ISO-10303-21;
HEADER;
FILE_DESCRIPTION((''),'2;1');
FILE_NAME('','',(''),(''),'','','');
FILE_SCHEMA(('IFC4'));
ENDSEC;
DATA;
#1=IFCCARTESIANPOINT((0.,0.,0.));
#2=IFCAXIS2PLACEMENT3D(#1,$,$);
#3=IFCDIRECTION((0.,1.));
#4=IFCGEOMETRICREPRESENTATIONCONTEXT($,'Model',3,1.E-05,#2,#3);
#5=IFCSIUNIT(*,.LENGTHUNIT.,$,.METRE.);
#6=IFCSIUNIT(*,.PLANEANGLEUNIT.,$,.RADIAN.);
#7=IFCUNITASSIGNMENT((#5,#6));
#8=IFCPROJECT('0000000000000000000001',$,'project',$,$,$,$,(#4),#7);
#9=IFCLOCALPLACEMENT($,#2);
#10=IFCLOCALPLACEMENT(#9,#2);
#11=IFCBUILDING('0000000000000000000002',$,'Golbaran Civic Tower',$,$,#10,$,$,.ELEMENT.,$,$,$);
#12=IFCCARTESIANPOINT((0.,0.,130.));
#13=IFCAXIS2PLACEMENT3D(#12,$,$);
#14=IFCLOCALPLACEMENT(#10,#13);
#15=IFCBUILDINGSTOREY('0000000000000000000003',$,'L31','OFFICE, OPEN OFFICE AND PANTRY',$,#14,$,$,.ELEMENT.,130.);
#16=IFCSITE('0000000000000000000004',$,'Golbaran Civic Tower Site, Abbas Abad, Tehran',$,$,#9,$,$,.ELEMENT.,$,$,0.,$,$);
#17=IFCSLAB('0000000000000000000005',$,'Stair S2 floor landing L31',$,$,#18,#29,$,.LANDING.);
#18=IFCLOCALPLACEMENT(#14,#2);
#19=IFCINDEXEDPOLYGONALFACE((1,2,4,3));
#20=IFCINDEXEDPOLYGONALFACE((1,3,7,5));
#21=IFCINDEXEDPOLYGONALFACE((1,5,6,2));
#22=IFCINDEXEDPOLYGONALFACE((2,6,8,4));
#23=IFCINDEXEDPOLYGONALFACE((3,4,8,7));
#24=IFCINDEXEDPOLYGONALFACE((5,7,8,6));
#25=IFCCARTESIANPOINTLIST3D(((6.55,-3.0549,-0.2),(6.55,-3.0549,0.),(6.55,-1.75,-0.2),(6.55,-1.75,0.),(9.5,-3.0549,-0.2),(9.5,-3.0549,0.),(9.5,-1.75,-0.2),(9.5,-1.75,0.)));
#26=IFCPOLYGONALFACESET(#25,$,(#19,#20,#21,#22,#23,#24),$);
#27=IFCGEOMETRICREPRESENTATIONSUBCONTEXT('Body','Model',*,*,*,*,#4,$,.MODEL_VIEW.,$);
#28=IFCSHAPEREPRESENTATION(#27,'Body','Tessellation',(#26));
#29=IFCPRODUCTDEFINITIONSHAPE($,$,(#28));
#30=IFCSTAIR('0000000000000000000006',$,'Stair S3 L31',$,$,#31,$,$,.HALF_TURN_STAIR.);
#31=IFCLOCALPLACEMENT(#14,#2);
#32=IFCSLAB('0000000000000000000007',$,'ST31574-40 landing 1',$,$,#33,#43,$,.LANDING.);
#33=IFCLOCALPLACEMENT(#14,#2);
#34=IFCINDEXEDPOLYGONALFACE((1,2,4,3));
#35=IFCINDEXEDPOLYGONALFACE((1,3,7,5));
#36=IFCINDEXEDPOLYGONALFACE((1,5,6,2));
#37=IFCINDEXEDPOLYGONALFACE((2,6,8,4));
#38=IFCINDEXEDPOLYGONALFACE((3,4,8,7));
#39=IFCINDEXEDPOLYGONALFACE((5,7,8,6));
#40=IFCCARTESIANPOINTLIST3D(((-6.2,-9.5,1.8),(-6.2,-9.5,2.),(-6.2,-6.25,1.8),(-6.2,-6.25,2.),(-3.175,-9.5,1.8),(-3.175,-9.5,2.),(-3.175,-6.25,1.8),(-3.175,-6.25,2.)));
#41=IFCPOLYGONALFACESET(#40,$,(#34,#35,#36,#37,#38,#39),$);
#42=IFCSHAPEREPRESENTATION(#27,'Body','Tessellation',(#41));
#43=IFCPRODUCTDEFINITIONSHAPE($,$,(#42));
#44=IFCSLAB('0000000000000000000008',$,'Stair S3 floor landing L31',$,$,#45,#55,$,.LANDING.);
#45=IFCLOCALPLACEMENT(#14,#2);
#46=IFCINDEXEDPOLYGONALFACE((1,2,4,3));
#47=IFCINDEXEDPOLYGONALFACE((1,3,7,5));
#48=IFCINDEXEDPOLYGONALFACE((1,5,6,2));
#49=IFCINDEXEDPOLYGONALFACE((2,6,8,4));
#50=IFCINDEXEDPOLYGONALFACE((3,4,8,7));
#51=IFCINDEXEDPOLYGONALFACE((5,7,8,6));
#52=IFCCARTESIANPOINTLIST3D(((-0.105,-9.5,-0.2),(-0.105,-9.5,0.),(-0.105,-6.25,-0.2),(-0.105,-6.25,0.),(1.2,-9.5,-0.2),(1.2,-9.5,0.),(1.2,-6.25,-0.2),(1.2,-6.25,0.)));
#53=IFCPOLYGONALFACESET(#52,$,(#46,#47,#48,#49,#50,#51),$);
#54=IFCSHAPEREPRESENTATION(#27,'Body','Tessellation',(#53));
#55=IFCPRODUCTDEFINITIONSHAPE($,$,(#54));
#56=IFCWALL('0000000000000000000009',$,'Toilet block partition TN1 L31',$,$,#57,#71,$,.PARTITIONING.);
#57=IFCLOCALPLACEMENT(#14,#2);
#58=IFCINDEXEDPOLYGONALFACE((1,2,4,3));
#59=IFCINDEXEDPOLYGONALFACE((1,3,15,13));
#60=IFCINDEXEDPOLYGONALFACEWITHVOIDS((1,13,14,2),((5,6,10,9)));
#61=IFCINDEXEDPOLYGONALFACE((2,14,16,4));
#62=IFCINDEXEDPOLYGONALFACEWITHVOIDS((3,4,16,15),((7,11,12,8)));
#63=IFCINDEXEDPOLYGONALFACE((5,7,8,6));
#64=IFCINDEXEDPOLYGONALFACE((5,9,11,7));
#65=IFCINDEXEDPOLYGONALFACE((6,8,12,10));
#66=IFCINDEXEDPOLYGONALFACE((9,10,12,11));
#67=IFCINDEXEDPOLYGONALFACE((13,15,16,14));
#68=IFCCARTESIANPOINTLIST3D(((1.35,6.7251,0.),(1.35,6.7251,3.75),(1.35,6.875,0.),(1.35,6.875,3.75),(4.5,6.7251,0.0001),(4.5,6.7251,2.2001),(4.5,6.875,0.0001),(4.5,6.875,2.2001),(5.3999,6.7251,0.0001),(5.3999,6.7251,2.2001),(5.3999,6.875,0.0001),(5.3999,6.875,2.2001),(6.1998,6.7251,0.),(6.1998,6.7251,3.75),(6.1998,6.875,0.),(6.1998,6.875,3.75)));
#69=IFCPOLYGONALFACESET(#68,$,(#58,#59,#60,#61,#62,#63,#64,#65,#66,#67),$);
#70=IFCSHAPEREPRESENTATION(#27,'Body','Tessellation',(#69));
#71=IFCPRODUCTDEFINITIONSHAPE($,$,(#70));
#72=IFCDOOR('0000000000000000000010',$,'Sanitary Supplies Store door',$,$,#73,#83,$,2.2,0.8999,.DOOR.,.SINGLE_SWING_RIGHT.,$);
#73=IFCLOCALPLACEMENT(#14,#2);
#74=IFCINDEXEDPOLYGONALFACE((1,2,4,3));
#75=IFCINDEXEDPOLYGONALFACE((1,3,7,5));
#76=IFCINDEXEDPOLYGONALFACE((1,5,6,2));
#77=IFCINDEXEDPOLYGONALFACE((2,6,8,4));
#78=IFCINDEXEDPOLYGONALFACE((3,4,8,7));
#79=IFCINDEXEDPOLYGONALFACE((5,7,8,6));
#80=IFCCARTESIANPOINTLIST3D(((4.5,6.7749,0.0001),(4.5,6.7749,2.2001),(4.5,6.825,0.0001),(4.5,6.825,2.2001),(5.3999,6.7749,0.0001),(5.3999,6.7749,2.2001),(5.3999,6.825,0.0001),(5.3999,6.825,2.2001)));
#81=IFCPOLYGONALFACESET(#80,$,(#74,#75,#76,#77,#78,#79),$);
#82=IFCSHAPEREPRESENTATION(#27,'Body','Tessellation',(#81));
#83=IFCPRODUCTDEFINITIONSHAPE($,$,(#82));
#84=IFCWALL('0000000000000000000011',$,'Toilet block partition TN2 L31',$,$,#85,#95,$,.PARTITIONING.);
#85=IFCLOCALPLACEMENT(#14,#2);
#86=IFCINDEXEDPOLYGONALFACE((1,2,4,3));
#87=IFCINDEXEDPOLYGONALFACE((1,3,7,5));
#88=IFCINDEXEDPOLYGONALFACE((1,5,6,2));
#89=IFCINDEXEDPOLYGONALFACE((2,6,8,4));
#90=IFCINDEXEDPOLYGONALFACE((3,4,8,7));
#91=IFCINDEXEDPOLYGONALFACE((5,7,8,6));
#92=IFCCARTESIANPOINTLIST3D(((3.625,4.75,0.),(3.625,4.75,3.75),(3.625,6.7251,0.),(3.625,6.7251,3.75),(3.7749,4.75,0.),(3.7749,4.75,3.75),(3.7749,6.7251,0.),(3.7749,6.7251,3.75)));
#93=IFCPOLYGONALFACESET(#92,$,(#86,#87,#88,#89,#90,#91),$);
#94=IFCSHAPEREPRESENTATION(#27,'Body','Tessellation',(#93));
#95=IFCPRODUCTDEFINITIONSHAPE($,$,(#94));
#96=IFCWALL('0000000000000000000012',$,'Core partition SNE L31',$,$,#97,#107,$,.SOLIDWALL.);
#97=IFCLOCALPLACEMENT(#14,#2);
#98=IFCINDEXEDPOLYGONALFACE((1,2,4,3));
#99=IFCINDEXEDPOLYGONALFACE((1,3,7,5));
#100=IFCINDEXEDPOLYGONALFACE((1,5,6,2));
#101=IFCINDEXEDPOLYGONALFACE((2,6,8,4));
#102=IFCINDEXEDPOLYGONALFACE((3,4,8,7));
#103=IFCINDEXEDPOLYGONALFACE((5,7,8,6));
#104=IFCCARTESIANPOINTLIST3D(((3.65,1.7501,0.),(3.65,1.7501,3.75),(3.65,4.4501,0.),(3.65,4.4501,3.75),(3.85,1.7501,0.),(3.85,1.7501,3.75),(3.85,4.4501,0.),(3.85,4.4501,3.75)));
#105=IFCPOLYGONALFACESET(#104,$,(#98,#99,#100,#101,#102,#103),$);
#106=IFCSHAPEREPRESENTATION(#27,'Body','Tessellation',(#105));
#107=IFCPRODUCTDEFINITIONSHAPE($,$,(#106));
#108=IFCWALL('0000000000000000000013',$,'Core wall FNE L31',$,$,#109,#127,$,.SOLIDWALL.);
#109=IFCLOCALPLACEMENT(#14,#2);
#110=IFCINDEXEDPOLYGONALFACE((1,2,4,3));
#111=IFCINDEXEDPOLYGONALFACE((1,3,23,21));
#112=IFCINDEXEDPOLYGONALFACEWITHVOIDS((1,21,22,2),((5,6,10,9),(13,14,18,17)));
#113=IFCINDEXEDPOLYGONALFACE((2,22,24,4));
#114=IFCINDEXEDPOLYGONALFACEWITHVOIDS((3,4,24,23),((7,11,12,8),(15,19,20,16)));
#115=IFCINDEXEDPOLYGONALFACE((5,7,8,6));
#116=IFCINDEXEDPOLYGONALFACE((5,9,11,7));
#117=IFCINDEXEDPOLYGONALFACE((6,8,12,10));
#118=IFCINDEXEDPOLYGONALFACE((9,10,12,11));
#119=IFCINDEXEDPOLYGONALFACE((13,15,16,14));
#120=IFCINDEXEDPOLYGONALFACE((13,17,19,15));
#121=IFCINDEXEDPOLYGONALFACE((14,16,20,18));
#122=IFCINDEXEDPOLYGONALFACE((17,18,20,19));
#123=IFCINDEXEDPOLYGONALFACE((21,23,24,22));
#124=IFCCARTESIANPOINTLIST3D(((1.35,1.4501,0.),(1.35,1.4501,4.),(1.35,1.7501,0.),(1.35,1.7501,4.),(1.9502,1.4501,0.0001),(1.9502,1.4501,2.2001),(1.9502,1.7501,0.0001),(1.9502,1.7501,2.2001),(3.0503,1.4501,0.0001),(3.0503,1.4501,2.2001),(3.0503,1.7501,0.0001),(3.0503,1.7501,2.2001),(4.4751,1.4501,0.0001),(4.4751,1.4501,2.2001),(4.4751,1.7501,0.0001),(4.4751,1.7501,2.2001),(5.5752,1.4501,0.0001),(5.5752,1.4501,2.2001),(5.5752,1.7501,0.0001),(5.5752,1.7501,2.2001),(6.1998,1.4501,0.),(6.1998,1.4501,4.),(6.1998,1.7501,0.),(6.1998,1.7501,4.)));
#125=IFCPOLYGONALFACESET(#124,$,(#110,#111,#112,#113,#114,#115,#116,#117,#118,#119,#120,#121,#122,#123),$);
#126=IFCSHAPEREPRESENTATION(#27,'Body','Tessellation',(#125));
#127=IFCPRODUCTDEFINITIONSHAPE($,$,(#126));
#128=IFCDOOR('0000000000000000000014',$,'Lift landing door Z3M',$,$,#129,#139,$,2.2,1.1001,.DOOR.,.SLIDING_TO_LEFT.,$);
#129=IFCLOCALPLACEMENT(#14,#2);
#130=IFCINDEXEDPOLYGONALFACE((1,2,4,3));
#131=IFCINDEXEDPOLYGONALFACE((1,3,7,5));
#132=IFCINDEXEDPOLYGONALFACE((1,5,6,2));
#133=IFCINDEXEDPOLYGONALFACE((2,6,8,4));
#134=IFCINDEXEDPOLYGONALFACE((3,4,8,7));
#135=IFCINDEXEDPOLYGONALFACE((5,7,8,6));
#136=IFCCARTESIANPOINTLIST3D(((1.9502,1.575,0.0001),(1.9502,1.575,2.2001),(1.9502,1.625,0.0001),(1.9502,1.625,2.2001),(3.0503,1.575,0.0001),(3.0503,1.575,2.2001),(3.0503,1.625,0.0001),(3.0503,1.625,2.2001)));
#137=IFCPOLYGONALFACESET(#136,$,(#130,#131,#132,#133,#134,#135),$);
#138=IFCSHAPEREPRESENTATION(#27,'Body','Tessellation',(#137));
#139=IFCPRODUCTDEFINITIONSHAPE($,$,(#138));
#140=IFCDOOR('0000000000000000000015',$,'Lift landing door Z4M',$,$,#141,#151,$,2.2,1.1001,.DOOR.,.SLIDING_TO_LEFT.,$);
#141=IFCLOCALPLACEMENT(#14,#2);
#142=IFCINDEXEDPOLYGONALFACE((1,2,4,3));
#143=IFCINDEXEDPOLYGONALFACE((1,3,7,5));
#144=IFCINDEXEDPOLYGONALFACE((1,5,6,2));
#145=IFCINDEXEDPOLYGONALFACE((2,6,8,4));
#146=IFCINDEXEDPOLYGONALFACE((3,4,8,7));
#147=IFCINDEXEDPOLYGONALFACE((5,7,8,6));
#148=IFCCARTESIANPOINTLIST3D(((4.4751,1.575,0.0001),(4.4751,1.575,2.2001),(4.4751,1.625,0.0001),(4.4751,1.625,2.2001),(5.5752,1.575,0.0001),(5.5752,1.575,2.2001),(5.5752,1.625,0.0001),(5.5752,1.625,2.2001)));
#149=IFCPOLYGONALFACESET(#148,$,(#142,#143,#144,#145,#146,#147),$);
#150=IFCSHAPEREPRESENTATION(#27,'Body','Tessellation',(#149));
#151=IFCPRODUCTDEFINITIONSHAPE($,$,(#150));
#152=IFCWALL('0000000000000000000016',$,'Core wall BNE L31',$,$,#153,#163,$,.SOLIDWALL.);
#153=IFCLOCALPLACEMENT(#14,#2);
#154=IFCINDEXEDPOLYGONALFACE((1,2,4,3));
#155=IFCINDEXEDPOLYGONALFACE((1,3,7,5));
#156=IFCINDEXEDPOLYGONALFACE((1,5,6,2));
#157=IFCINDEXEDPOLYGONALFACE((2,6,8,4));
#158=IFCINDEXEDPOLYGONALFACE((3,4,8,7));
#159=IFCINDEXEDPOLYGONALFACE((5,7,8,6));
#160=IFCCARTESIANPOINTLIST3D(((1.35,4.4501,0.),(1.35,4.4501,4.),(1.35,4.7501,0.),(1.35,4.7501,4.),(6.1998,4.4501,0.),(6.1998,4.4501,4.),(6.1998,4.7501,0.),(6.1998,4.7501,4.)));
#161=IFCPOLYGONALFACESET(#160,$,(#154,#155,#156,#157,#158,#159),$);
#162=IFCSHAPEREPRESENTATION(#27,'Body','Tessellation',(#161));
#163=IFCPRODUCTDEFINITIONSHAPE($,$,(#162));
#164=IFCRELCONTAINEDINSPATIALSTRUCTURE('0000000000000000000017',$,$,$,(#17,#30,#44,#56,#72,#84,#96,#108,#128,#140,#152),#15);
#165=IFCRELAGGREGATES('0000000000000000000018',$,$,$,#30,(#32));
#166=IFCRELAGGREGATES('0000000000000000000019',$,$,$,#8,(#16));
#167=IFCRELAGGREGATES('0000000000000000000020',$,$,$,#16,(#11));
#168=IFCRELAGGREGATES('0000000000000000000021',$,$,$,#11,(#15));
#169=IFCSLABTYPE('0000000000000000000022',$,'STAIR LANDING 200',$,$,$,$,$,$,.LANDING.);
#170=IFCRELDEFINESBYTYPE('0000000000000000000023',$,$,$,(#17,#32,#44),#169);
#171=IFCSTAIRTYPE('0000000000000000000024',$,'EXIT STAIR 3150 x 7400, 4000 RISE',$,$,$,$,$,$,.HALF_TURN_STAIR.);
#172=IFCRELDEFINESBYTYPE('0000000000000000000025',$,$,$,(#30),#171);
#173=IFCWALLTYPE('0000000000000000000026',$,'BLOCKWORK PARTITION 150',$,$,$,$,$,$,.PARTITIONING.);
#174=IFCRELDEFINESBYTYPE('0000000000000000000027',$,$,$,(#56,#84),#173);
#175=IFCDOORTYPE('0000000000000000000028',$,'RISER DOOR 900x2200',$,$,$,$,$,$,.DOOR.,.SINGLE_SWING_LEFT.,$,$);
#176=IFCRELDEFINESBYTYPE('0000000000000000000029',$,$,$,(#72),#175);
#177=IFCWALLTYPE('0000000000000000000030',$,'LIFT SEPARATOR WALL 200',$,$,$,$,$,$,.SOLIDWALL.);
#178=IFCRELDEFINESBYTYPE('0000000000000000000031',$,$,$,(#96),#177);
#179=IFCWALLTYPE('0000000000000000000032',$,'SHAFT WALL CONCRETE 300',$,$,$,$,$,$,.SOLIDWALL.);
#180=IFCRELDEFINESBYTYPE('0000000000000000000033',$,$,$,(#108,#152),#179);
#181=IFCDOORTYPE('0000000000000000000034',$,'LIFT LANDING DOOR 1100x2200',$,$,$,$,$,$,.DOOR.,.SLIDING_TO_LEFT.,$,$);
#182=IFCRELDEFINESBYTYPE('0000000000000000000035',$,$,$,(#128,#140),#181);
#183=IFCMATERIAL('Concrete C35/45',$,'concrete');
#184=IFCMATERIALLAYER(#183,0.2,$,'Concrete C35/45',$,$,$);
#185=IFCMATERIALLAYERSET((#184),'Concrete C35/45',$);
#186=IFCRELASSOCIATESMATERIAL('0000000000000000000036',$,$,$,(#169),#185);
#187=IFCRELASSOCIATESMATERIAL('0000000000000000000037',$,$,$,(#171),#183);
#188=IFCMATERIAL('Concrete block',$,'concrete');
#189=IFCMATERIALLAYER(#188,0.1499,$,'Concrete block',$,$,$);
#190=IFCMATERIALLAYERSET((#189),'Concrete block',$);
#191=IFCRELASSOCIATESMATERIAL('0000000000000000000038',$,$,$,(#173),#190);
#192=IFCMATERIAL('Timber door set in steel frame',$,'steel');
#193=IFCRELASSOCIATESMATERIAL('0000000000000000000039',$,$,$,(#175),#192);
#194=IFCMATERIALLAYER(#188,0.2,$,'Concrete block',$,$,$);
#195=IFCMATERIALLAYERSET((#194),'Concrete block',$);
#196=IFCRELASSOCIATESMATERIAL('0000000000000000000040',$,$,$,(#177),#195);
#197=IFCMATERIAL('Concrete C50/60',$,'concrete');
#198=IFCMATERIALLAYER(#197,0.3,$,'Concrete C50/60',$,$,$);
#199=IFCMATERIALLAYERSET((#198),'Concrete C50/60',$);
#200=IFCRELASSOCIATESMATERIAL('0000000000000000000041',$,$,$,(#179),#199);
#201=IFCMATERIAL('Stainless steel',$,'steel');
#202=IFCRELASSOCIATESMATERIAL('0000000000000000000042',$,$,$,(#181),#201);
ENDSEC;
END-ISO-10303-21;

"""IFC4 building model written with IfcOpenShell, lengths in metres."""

from ifc_helpers import new_model, si_unit, direction, frame, frame_2d, origin, place, context, subcontext, project, spatial, polyline, rectangle, outline, extrude, material, layer, layer_set, type_object, element, fill, aggregate, save


model = new_model("IFC4")

# Units and contexts
model_context = context("Model", 3, precision=1e-05, world=origin(), true_north=direction((0.0, 1.0)))
body_context = subcontext(model_context, "Body", "Model", "MODEL_VIEW")
ifc_project = project(units=[si_unit("LENGTHUNIT", "METRE"), si_unit("PLANEANGLEUNIT", "RADIAN")], contexts=[model_context])

# Site, building, storey
site_placement = place(None, origin())
site = spatial("IfcSite", under=ifc_project, at=site_placement, Name="Golbaran Civic Tower Site, Abbas Abad, Tehran", CompositionType="ELEMENT", RefElevation=0.0)
building_placement = place(site_placement, origin())
building = spatial("IfcBuilding", under=site, at=building_placement, Name="Golbaran Civic Tower", CompositionType="ELEMENT")
storey_placement = place(building_placement, frame((0.0, 0.0, 130.0)))
storey = spatial("IfcBuildingStorey", under=building, at=storey_placement, Name="L31", Description="OFFICE, OPEN OFFICE AND PANTRY", CompositionType="ELEMENT", Elevation=130.0)

# Slab
ifc_material_1 = material(Name="Concrete C35/45", Category="concrete")
ifc_layer_1 = layer(ifc_material_1, 0.2, Name="Concrete C35/45")
ifc_layer_set_1 = layer_set([ifc_layer_1], Name="Concrete C35/45")
slab_type = type_object("IfcSlabType", Name="STAIR LANDING 200", PredefinedType="LANDING", material=ifc_layer_set_1)
slab_1_placement = place(storey_placement, frame((0.0, 0.0, -0.2)))
element("IfcSlab", 1, at=slab_1_placement, inside=storey, type_object=slab_type, Name="Stair S2 floor landing L31", PredefinedType="LANDING", context=body_context, shape_type="SweptSolid", body=[
    extrude(outline(polyline([(9.5, -1.75), (9.5, -3.0549), (6.55, -3.0549), (6.55, -1.75), (9.5, -1.75)])), origin(), (0.0, 0.0, 1.0), 0.2),
])

# Stair, slab
stair_type = type_object("IfcStairType", Name="EXIT STAIR 3150 x 7400, 4000 RISE", PredefinedType="HALF_TURN_STAIR", material=ifc_material_1)
stair_placement = place(storey_placement, origin())
stair = element("IfcStair", 2, at=stair_placement, inside=storey, type_object=stair_type, Name="Stair S3 L31", PredefinedType="HALF_TURN_STAIR")
slab_2_placement = place(storey_placement, frame((0.0, 0.0, 1.8)))
slab_2 = element("IfcSlab", 3, at=slab_2_placement, type_object=slab_type, Name="ST31574-40 landing 1", PredefinedType="LANDING", context=body_context, shape_type="SweptSolid", body=[
    extrude(outline(polyline([(-3.175, -9.5), (-6.2, -9.5), (-6.2, -6.25), (-3.175, -6.25), (-3.175, -9.5)])), origin(), (0.0, 0.0, 1.0), 0.2),
])
aggregate(stair, [slab_2])

# Slab
slab_3_placement = place(storey_placement, frame((0.0, 0.0, -0.2)))
element("IfcSlab", 4, at=slab_3_placement, inside=storey, type_object=slab_type, Name="Stair S3 floor landing L31", PredefinedType="LANDING", context=body_context, shape_type="SweptSolid", body=[
    extrude(outline(polyline([(1.2, -9.5), (-0.105, -9.5), (-0.105, -6.25), (1.2, -6.25), (1.2, -9.5)])), origin(), (0.0, 0.0, 1.0), 0.2),
])

# Wall, opening, door
ifc_material_2 = material(Name="Concrete block", Category="concrete")
ifc_layer_2 = layer(ifc_material_2, 0.1499, Name="Concrete block")
ifc_layer_set_2 = layer_set([ifc_layer_2], Name="Concrete block")
wall_type_1 = type_object("IfcWallType", Name="BLOCKWORK PARTITION 150", PredefinedType="PARTITIONING", material=ifc_layer_set_2)
wall_1_placement = place(storey_placement, frame((1.3501, 6.8, 0.0), z_axis=(0.0, 0.0, 1.0), x_axis=(1.0, 0.0, 0.0)))
wall_1 = element("IfcWall", 5, at=wall_1_placement, inside=storey, type_object=wall_type_1, Name="Toilet block partition TN1 L31", PredefinedType="PARTITIONING", context=body_context, shape_type="SweptSolid", body=[
    extrude(rectangle(XDim=4.8499, YDim=0.1499, at=frame_2d((2.4248, 0.0))), origin(), (0.0, 0.0, 1.0), 3.75),
])
opening_1_placement = place(wall_1_placement, frame((3.1499, 0.0, 0.0)))
opening_1 = element("IfcOpeningElement", 6, at=opening_1_placement, cuts=wall_1, PredefinedType="OPENING", context=body_context, shape_type="SweptSolid", body=[
    extrude(rectangle(XDim=0.8999, YDim=2.2, at=frame_2d((0.45, 1.1001))), frame((0.0, 0.085, 0.0), z_axis=(0.0, -1.0, 0.0), x_axis=(1.0, 0.0, 0.0)), (0.0, 0.0, 1.0), 0.1699),
])
ifc_material_3 = material(Name="Timber door set in steel frame", Category="steel")
door_type_1 = type_object("IfcDoorType", Name="RISER DOOR 900x2200", OperationType="SINGLE_SWING_LEFT", PredefinedType="DOOR", material=ifc_material_3)
door_1_placement = place(opening_1_placement, origin())
door_1 = element("IfcDoor", 7, at=door_1_placement, inside=storey, type_object=door_type_1, Name="Sanitary Supplies Store door", OperationType="SINGLE_SWING_RIGHT", OverallHeight=2.2, OverallWidth=0.8999, PredefinedType="DOOR", context=body_context, shape_type="SweptSolid", body=[
    extrude(rectangle(XDim=0.8999, YDim=2.2, at=frame_2d((0.45, 1.1001))), frame((0.0, 0.0249, 0.0), z_axis=(0.0, -1.0, 0.0), x_axis=(1.0, 0.0, 0.0)), (0.0, 0.0, 1.0), 0.05),
])
fill(opening_1, door_1)

# Walls
wall_2_placement = place(storey_placement, frame((3.7, 4.75, 0.0), z_axis=(0.0, 0.0, 1.0), x_axis=(0.0, 1.0, 0.0)))
element("IfcWall", 8, at=wall_2_placement, inside=storey, type_object=wall_type_1, Name="Toilet block partition TN2 L31", PredefinedType="PARTITIONING", context=body_context, shape_type="SweptSolid", body=[
    extrude(rectangle(XDim=1.9751, YDim=0.1499, at=frame_2d((0.9875, 0.0))), origin(), (0.0, 0.0, 1.0), 3.75),
])
ifc_layer_3 = layer(ifc_material_2, 0.2, Name="Concrete block")
ifc_layer_set_3 = layer_set([ifc_layer_3], Name="Concrete block")
wall_type_2 = type_object("IfcWallType", Name="LIFT SEPARATOR WALL 200", PredefinedType="SOLIDWALL", material=ifc_layer_set_3)
wall_3_placement = place(storey_placement, frame((3.75, 1.75, 0.0), z_axis=(0.0, 0.0, 1.0), x_axis=(0.0, 1.0, 0.0)))
element("IfcWall", 9, at=wall_3_placement, inside=storey, type_object=wall_type_2, Name="Core partition SNE L31", PredefinedType="SOLIDWALL", context=body_context, shape_type="SweptSolid", body=[
    extrude(rectangle(XDim=2.7, YDim=0.2, at=frame_2d((1.3501, 0.0))), origin(), (0.0, 0.0, 1.0), 3.75),
])

# Wall, openings, doors
ifc_material_4 = material(Name="Concrete C50/60", Category="concrete")
ifc_layer_4 = layer(ifc_material_4, 0.3, Name="Concrete C50/60")
ifc_layer_set_4 = layer_set([ifc_layer_4], Name="Concrete C50/60")
wall_type_3 = type_object("IfcWallType", Name="SHAFT WALL CONCRETE 300", PredefinedType="SOLIDWALL", material=ifc_layer_set_4)
wall_4_placement = place(storey_placement, frame((1.3501, 1.6001, 0.0), z_axis=(0.0, 0.0, 1.0), x_axis=(1.0, 0.0, 0.0)))
wall_4 = element("IfcWall", 10, at=wall_4_placement, inside=storey, type_object=wall_type_3, Name="Core wall FNE L31", PredefinedType="SOLIDWALL", context=body_context, shape_type="SweptSolid", body=[
    extrude(rectangle(XDim=4.8499, YDim=0.3, at=frame_2d((2.4248, 0.0))), origin(), (0.0, 0.0, 1.0), 4.0),
])
opening_2_placement = place(wall_4_placement, frame((0.6001, 0.0, 0.0)))
opening_2 = element("IfcOpeningElement", 11, at=opening_2_placement, cuts=wall_4, PredefinedType="OPENING", context=body_context, shape_type="SweptSolid", body=[
    extrude(rectangle(XDim=1.1001, YDim=2.2, at=frame_2d((0.55, 1.1001))), frame((0.0, 0.1599, 0.0), z_axis=(0.0, -1.0, 0.0), x_axis=(1.0, 0.0, 0.0)), (0.0, 0.0, 1.0), 0.3201),
])
opening_3_placement = place(wall_4_placement, frame((3.125, 0.0, 0.0)))
opening_3 = element("IfcOpeningElement", 12, at=opening_3_placement, cuts=wall_4, PredefinedType="OPENING", context=body_context, shape_type="SweptSolid", body=[
    extrude(rectangle(XDim=1.1001, YDim=2.2, at=frame_2d((0.55, 1.1001))), frame((0.0, 0.1599, 0.0), z_axis=(0.0, -1.0, 0.0), x_axis=(1.0, 0.0, 0.0)), (0.0, 0.0, 1.0), 0.3201),
])
ifc_material_5 = material(Name="Stainless steel", Category="steel")
door_type_2 = type_object("IfcDoorType", Name="LIFT LANDING DOOR 1100x2200", OperationType="SLIDING_TO_LEFT", PredefinedType="DOOR", material=ifc_material_5)
door_2_placement = place(opening_2_placement, origin())
door_2 = element("IfcDoor", 13, at=door_2_placement, inside=storey, type_object=door_type_2, Name="Lift landing door Z3M", OperationType="SLIDING_TO_LEFT", OverallHeight=2.2, OverallWidth=1.1001, PredefinedType="DOOR", context=body_context, shape_type="SweptSolid", body=[
    extrude(rectangle(XDim=1.1001, YDim=2.2, at=frame_2d((0.55, 1.1001))), frame((0.0, 0.0249, 0.0), z_axis=(0.0, -1.0, 0.0), x_axis=(1.0, 0.0, 0.0)), (0.0, 0.0, 1.0), 0.05),
])
fill(opening_2, door_2)
door_3_placement = place(opening_3_placement, origin())
door_3 = element("IfcDoor", 14, at=door_3_placement, inside=storey, type_object=door_type_2, Name="Lift landing door Z4M", OperationType="SLIDING_TO_LEFT", OverallHeight=2.2, OverallWidth=1.1001, PredefinedType="DOOR", context=body_context, shape_type="SweptSolid", body=[
    extrude(rectangle(XDim=1.1001, YDim=2.2, at=frame_2d((0.55, 1.1001))), frame((0.0, 0.0249, 0.0), z_axis=(0.0, -1.0, 0.0), x_axis=(1.0, 0.0, 0.0)), (0.0, 0.0, 1.0), 0.05),
])
fill(opening_3, door_3)

# Wall
wall_5_placement = place(storey_placement, frame((1.3501, 4.6001, 0.0), z_axis=(0.0, 0.0, 1.0), x_axis=(1.0, 0.0, 0.0)))
element("IfcWall", 15, at=wall_5_placement, inside=storey, type_object=wall_type_3, Name="Core wall BNE L31", PredefinedType="SOLIDWALL", context=body_context, shape_type="SweptSolid", body=[
    extrude(rectangle(XDim=4.8499, YDim=0.3, at=frame_2d((2.4248, 0.0))), origin(), (0.0, 0.0, 1.0), 4.0),
])

save(model, "model.ifc")
